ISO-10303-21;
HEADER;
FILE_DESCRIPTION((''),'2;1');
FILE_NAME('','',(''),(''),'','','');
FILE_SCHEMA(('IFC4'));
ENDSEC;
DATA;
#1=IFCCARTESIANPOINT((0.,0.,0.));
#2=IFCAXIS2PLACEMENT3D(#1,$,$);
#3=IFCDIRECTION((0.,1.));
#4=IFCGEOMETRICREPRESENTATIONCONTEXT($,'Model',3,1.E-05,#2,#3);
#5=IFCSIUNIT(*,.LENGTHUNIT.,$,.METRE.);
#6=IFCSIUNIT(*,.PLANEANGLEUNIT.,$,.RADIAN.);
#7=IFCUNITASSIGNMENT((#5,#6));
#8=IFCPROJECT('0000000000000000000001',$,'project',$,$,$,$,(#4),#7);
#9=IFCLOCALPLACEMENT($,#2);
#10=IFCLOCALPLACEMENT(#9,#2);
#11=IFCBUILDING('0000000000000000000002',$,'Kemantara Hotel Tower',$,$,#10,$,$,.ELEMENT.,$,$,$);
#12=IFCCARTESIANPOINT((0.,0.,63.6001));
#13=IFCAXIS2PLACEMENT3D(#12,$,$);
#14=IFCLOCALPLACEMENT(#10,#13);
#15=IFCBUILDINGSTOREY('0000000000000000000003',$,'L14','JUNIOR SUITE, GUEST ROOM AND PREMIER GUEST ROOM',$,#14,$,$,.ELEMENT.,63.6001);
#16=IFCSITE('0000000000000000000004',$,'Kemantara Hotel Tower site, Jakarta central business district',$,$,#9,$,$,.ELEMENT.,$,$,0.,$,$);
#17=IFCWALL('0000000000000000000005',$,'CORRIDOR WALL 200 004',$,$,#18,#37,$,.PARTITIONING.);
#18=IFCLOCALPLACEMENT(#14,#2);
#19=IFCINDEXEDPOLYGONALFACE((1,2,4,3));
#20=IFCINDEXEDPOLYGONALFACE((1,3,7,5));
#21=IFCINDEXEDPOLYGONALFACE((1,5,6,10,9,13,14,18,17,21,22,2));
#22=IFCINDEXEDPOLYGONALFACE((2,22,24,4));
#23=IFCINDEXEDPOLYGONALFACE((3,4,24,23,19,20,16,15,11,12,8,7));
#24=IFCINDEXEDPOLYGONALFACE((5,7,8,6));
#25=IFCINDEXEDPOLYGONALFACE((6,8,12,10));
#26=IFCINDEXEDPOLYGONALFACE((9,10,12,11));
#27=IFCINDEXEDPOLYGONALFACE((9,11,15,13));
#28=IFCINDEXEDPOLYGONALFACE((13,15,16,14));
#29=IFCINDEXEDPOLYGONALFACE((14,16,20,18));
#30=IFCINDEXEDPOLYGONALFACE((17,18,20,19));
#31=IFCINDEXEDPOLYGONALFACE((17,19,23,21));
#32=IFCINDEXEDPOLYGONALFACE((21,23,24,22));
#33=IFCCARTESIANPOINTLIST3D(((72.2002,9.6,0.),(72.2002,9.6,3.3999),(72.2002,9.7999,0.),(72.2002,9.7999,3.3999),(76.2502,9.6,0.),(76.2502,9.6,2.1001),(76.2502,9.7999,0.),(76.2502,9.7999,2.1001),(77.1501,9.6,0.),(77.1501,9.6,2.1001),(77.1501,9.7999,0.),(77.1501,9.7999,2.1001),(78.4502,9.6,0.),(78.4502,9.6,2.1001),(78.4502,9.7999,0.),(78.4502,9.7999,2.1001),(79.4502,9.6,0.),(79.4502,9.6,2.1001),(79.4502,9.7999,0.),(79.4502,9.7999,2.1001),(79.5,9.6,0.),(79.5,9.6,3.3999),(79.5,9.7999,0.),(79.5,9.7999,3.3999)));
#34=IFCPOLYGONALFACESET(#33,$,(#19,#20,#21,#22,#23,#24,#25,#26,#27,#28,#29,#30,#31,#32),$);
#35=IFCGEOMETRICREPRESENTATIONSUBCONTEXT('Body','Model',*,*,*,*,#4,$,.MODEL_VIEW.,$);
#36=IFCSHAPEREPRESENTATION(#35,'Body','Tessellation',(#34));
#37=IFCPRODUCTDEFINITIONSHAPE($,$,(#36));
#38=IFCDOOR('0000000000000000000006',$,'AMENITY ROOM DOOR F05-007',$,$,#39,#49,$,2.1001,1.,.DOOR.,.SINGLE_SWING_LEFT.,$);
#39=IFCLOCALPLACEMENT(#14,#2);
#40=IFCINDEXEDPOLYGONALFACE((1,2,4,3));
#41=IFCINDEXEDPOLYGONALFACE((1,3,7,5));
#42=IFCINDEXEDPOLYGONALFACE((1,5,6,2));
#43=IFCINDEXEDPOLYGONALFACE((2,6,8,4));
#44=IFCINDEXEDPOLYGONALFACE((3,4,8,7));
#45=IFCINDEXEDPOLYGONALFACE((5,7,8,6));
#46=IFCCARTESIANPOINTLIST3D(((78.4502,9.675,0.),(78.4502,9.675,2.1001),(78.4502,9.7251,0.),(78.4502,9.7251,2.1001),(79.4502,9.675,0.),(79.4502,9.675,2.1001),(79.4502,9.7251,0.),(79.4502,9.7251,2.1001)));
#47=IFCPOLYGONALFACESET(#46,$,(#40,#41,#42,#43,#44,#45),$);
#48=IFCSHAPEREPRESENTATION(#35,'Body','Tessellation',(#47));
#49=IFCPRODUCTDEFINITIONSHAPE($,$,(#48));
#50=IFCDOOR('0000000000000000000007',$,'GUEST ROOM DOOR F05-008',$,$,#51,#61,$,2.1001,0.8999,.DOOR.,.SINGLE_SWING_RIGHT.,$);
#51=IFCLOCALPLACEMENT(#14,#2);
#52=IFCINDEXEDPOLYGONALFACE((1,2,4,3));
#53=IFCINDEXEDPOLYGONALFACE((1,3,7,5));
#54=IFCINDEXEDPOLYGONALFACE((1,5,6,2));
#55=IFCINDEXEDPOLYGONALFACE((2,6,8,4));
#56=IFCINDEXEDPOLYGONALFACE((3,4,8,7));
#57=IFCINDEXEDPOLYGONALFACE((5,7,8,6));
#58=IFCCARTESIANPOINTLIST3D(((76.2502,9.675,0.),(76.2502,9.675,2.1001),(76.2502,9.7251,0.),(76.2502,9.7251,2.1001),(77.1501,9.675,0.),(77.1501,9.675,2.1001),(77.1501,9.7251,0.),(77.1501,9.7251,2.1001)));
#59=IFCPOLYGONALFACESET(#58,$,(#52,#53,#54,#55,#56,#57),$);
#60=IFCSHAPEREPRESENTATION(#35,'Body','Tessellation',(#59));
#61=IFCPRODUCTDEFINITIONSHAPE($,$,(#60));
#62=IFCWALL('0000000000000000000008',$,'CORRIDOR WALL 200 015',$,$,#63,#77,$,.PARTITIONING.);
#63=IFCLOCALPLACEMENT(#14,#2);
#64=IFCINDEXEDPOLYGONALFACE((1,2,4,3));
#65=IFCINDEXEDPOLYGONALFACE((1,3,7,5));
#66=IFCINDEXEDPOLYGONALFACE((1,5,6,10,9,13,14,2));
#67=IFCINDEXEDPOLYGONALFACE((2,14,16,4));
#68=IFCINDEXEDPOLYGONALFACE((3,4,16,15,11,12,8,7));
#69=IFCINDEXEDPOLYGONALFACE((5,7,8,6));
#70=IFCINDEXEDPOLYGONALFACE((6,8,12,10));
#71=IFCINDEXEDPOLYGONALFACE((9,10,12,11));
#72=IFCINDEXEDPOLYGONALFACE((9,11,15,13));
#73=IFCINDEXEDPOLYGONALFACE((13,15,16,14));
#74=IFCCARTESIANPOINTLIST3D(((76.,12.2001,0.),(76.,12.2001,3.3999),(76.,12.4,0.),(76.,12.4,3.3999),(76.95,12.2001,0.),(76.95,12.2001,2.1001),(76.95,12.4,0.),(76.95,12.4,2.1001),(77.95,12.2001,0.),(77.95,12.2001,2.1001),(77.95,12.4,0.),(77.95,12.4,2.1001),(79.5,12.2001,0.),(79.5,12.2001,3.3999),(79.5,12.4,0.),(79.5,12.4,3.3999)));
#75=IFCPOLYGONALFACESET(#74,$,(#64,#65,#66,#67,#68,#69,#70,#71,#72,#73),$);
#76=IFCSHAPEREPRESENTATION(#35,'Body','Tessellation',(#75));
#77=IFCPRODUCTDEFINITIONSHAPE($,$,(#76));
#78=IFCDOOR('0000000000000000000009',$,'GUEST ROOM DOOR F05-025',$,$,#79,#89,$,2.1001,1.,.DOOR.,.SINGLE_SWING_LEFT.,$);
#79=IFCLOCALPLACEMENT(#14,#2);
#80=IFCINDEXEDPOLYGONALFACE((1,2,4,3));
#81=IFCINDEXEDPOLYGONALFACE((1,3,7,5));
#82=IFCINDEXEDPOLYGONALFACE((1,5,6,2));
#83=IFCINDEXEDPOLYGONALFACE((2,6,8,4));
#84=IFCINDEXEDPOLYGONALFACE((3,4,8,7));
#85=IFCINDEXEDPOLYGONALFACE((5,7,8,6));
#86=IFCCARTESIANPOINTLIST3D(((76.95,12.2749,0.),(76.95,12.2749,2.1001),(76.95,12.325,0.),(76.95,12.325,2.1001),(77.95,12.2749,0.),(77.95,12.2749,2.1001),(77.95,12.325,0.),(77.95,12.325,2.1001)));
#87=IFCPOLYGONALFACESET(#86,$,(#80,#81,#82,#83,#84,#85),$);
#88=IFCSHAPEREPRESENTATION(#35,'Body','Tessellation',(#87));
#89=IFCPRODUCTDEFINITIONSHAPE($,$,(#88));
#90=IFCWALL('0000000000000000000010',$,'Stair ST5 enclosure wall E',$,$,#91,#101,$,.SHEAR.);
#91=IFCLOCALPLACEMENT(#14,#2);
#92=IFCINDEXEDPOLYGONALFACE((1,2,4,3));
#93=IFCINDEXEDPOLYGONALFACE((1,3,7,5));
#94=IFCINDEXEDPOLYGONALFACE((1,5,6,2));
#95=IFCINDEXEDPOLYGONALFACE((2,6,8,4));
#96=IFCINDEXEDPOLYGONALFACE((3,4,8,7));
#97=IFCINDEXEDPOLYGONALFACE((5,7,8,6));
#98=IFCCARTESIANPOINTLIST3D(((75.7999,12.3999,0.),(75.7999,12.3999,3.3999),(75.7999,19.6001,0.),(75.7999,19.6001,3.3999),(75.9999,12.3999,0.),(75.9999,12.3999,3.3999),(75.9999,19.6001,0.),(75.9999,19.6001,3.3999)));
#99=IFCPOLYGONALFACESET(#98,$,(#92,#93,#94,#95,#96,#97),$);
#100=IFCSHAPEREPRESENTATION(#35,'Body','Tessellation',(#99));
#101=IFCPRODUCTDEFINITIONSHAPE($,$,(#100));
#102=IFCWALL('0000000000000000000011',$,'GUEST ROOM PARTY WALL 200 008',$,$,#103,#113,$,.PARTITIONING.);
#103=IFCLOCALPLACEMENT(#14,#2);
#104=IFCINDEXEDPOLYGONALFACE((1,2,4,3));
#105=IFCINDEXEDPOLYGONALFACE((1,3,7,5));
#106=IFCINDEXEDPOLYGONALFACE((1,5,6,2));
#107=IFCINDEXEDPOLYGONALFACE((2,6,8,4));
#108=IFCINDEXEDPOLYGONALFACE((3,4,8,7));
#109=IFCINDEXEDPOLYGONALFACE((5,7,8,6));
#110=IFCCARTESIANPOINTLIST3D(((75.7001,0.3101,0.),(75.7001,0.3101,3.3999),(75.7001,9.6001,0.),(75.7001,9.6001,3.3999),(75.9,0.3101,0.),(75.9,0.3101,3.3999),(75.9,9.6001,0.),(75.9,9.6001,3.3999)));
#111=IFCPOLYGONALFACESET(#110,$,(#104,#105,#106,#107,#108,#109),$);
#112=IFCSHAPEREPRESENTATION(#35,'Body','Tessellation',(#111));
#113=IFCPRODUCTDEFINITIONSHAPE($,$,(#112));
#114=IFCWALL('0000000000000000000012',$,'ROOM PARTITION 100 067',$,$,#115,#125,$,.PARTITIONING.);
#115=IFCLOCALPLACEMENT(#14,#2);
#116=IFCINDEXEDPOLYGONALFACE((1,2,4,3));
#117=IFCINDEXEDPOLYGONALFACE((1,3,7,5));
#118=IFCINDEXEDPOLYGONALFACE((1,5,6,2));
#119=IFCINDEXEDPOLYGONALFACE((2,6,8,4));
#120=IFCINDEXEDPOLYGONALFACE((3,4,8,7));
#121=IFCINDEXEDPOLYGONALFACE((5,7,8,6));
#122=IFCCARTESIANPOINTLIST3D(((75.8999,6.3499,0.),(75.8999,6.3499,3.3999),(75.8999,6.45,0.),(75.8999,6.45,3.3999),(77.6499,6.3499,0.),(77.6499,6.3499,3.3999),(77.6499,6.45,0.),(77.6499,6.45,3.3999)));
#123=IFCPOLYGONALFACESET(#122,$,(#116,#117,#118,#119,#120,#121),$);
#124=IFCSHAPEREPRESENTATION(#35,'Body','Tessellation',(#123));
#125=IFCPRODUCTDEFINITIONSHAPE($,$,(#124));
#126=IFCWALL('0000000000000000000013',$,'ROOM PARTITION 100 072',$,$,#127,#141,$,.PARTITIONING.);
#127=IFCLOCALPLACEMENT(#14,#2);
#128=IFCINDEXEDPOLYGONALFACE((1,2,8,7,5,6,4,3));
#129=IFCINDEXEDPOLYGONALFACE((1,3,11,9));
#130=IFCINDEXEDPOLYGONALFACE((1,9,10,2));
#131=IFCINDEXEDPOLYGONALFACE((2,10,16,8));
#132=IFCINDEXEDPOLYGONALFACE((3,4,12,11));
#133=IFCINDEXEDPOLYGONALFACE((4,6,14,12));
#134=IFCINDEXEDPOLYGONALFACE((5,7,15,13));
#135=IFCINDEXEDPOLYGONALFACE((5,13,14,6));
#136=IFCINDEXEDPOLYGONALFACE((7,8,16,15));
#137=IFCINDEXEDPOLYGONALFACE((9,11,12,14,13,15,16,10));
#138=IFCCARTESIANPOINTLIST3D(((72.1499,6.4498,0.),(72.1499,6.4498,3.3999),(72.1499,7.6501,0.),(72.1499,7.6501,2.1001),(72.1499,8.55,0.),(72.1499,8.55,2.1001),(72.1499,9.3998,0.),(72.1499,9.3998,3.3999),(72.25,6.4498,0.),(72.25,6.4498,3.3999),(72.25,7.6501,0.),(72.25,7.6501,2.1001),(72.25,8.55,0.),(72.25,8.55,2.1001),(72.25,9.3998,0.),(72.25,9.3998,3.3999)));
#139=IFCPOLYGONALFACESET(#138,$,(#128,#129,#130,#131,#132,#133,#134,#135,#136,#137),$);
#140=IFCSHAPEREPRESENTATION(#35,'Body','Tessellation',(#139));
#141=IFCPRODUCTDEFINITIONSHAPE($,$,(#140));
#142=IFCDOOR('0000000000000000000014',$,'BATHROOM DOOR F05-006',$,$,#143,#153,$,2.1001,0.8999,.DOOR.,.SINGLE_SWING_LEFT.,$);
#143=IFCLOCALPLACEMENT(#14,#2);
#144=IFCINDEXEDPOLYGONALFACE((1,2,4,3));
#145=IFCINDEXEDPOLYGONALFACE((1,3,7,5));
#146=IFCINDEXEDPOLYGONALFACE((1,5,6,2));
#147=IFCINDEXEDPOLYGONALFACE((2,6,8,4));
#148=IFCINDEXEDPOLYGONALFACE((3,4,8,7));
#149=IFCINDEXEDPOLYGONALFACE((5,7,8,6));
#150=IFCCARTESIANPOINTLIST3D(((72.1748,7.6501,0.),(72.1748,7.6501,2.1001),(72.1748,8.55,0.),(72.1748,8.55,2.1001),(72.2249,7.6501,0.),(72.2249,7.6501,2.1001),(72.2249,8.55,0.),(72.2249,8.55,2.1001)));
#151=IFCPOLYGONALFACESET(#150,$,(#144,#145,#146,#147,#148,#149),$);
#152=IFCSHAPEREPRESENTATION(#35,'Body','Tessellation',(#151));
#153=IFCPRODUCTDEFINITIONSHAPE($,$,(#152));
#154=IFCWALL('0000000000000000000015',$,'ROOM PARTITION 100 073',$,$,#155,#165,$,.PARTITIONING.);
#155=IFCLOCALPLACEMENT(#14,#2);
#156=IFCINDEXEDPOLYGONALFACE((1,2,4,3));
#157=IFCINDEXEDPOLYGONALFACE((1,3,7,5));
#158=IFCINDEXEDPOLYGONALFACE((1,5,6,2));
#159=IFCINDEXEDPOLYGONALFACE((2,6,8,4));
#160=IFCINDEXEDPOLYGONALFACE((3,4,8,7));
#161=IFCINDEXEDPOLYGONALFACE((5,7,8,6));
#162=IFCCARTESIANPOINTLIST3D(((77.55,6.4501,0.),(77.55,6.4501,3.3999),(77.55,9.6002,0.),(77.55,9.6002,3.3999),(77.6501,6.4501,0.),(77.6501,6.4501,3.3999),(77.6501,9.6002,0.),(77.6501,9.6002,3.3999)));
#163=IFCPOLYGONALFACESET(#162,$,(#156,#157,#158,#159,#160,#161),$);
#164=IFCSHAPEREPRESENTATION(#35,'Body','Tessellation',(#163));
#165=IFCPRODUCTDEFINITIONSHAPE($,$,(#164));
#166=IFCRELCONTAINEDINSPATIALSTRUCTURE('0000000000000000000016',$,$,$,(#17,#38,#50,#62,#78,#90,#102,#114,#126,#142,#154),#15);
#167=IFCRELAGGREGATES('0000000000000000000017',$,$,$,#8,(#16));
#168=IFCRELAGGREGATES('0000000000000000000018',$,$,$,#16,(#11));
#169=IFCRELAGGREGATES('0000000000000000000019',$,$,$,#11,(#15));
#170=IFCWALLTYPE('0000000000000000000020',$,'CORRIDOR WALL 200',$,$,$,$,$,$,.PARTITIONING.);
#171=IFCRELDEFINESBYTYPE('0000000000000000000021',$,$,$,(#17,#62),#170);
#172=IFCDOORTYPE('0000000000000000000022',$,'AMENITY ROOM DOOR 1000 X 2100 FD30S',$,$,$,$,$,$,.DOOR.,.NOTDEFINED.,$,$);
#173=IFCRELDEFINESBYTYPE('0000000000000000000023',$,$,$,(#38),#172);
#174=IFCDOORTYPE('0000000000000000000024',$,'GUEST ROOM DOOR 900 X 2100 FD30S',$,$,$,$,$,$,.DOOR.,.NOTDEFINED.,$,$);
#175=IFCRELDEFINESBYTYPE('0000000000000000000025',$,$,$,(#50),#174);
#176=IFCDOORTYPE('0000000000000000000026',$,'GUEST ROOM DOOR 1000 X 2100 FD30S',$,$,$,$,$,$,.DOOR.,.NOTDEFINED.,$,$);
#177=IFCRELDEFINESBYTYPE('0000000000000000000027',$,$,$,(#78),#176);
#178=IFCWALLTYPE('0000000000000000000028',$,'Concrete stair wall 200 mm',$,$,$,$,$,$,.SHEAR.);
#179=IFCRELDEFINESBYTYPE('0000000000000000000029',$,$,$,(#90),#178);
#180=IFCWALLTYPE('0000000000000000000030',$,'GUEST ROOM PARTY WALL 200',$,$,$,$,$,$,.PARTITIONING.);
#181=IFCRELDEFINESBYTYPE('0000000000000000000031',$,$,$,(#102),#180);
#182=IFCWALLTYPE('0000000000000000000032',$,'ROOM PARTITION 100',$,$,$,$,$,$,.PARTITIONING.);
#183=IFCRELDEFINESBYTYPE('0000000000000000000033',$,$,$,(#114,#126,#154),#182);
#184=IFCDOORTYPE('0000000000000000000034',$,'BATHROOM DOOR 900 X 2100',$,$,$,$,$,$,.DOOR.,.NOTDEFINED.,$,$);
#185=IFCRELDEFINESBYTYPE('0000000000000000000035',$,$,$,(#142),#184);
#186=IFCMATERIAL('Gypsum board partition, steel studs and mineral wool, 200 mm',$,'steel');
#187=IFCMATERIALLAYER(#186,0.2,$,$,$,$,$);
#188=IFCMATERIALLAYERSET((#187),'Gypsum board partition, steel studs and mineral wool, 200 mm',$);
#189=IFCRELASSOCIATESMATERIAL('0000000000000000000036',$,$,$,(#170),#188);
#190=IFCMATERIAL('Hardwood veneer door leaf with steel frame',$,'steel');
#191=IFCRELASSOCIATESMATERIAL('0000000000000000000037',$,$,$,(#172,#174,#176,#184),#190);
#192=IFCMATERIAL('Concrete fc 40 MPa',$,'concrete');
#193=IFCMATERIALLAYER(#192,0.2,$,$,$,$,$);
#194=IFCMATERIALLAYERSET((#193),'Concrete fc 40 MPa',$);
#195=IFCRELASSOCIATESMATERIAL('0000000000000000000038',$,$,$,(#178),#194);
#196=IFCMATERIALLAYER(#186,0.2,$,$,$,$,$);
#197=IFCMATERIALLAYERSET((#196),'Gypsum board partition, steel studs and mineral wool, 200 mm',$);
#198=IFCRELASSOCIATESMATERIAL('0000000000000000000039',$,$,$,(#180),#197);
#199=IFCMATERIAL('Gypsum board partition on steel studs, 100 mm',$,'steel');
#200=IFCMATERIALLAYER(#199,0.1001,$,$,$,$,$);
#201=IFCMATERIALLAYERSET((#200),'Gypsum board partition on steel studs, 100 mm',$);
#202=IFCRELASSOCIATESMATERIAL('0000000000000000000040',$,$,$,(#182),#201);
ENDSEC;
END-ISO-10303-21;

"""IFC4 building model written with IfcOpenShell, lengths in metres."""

from ifc_helpers import new_model, si_unit, direction, frame, frame_2d, origin, place, context, subcontext, project, spatial, rectangle, extrude, material, layer, layer_set, type_object, element, fill, save


model = new_model("IFC4")

# Units and contexts
model_context = context("Model", 3, precision=1e-05, world=origin(), true_north=direction((0.0, 1.0)))
body_context = subcontext(model_context, "Body", "Model", "MODEL_VIEW")
ifc_project = project(units=[si_unit("LENGTHUNIT", "METRE"), si_unit("PLANEANGLEUNIT", "RADIAN")], contexts=[model_context])

# Site, building, storey
site_placement = place(None, origin())
site = spatial("IfcSite", under=ifc_project, at=site_placement, Name="Kemantara Hotel Tower site, Jakarta central business district", CompositionType="ELEMENT", RefElevation=0.0)
building_placement = place(site_placement, origin())
building = spatial("IfcBuilding", under=site, at=building_placement, Name="Kemantara Hotel Tower", CompositionType="ELEMENT")
storey_placement = place(building_placement, frame((0.0, 0.0, 63.6001)))
storey = spatial("IfcBuildingStorey", under=building, at=storey_placement, Name="L14", Description="JUNIOR SUITE, GUEST ROOM AND PREMIER GUEST ROOM", CompositionType="ELEMENT", Elevation=63.6001)

# Wall, openings, doors
ifc_material_1 = material(Name="Gypsum board partition, steel studs and mineral wool, 200 mm", Category="steel")
ifc_layer_1 = layer(ifc_material_1, 0.2)
ifc_layer_set_1 = layer_set([ifc_layer_1], Name="Gypsum board partition, steel studs and mineral wool, 200 mm")
wall_type_1 = type_object("IfcWallType", Name="CORRIDOR WALL 200", PredefinedType="PARTITIONING", material=ifc_layer_set_1)
wall_1_placement = place(storey_placement, frame((79.5, 9.7, 0.0), z_axis=(0.0, 0.0, 1.0), x_axis=(-1.0, 0.0, 0.0)))
wall_1 = element("IfcWall", 1, at=wall_1_placement, inside=storey, type_object=wall_type_1, Name="CORRIDOR WALL 200 004", PredefinedType="PARTITIONING", context=body_context, shape_type="SweptSolid", body=[
    extrude(rectangle(XDim=7.2998, YDim=0.2, at=frame_2d((3.6499, 0.0))), origin(), (0.0, 0.0, 1.0), 3.3999),
])
opening_1_placement = place(wall_1_placement, frame((0.0498, 0.0, 0.0)))
opening_1 = element("IfcOpeningElement", 2, at=opening_1_placement, cuts=wall_1, PredefinedType="OPENING", context=body_context, shape_type="SweptSolid", body=[
    extrude(rectangle(XDim=1.0, YDim=2.1001, at=frame_2d((0.5, 1.05))), frame((0.0, 0.1099, 0.0), z_axis=(0.0, -1.0, 0.0), x_axis=(1.0, 0.0, 0.0)), (0.0, 0.0, 1.0), 0.22),
])
opening_2_placement = place(wall_1_placement, frame((2.3499, 0.0, 0.0)))
opening_2 = element("IfcOpeningElement", 3, at=opening_2_placement, cuts=wall_1, PredefinedType="OPENING", context=body_context, shape_type="SweptSolid", body=[
    extrude(rectangle(XDim=0.8999, YDim=2.1001, at=frame_2d((0.45, 1.05))), frame((0.0, 0.1099, 0.0), z_axis=(0.0, -1.0, 0.0), x_axis=(1.0, 0.0, 0.0)), (0.0, 0.0, 1.0), 0.22),
])
ifc_material_2 = material(Name="Hardwood veneer door leaf with steel frame", Category="steel")
door_type_1 = type_object("IfcDoorType", Name="AMENITY ROOM DOOR 1000 X 2100 FD30S", OperationType="NOTDEFINED", PredefinedType="DOOR", material=ifc_material_2)
door_1_placement = place(opening_1_placement, origin())
door_1 = element("IfcDoor", 4, at=door_1_placement, inside=storey, type_object=door_type_1, Name="AMENITY ROOM DOOR F05-007", OperationType="SINGLE_SWING_LEFT", OverallHeight=2.1001, OverallWidth=1.0, PredefinedType="DOOR", context=body_context, shape_type="SweptSolid", body=[
    extrude(rectangle(XDim=1.0, YDim=2.1001, at=frame_2d((0.5, 1.05))), frame((0.0, 0.0249, 0.0), z_axis=(0.0, -1.0, 0.0), x_axis=(1.0, 0.0, 0.0)), (0.0, 0.0, 1.0), 0.05),
])
fill(opening_1, door_1)
door_type_2 = type_object("IfcDoorType", Name="GUEST ROOM DOOR 900 X 2100 FD30S", OperationType="NOTDEFINED", PredefinedType="DOOR", material=ifc_material_2)
door_2_placement = place(opening_2_placement, origin())
door_2 = element("IfcDoor", 5, at=door_2_placement, inside=storey, type_object=door_type_2, Name="GUEST ROOM DOOR F05-008", OperationType="SINGLE_SWING_RIGHT", OverallHeight=2.1001, OverallWidth=0.8999, PredefinedType="DOOR", context=body_context, shape_type="SweptSolid", body=[
    extrude(rectangle(XDim=0.8999, YDim=2.1001, at=frame_2d((0.45, 1.05))), frame((0.0, 0.0249, 0.0), z_axis=(0.0, -1.0, 0.0), x_axis=(1.0, 0.0, 0.0)), (0.0, 0.0, 1.0), 0.05),
])
fill(opening_2, door_2)

# Wall, opening, door
wall_2_placement = place(storey_placement, frame((76.0, 12.3, 0.0), z_axis=(0.0, 0.0, 1.0), x_axis=(1.0, 0.0, 0.0)))
wall_2 = element("IfcWall", 6, at=wall_2_placement, inside=storey, type_object=wall_type_1, Name="CORRIDOR WALL 200 015", PredefinedType="PARTITIONING", context=body_context, shape_type="SweptSolid", body=[
    extrude(rectangle(XDim=3.5, YDim=0.2, at=frame_2d((1.75, 0.0))), origin(), (0.0, 0.0, 1.0), 3.3999),
])
opening_3_placement = place(wall_2_placement, frame((0.95, 0.0, 0.0)))
opening_3 = element("IfcOpeningElement", 7, at=opening_3_placement, cuts=wall_2, PredefinedType="OPENING", context=body_context, shape_type="SweptSolid", body=[
    extrude(rectangle(XDim=1.0, YDim=2.1001, at=frame_2d((0.5, 1.05))), frame((0.0, 0.1099, 0.0), z_axis=(0.0, -1.0, 0.0), x_axis=(1.0, 0.0, 0.0)), (0.0, 0.0, 1.0), 0.22),
])
door_type_3 = type_object("IfcDoorType", Name="GUEST ROOM DOOR 1000 X 2100 FD30S", OperationType="NOTDEFINED", PredefinedType="DOOR", material=ifc_material_2)
door_3_placement = place(opening_3_placement, origin())
door_3 = element("IfcDoor", 8, at=door_3_placement, inside=storey, type_object=door_type_3, Name="GUEST ROOM DOOR F05-025", OperationType="SINGLE_SWING_LEFT", OverallHeight=2.1001, OverallWidth=1.0, PredefinedType="DOOR", context=body_context, shape_type="SweptSolid", body=[
    extrude(rectangle(XDim=1.0, YDim=2.1001, at=frame_2d((0.5, 1.05))), frame((0.0, 0.0249, 0.0), z_axis=(0.0, -1.0, 0.0), x_axis=(1.0, 0.0, 0.0)), (0.0, 0.0, 1.0), 0.05),
])
fill(opening_3, door_3)

# Walls
ifc_material_3 = material(Name="Concrete fc 40 MPa", Category="concrete")
ifc_layer_2 = layer(ifc_material_3, 0.2)
ifc_layer_set_2 = layer_set([ifc_layer_2], Name="Concrete fc 40 MPa")
wall_type_2 = type_object("IfcWallType", Name="Concrete stair wall 200 mm", PredefinedType="SHEAR", material=ifc_layer_set_2)
wall_3_placement = place(storey_placement, frame((75.8999, 12.3999, 0.0), z_axis=(0.0, 0.0, 1.0), x_axis=(0.0, 1.0, 0.0)))
element("IfcWall", 9, at=wall_3_placement, inside=storey, type_object=wall_type_2, Name="Stair ST5 enclosure wall E", PredefinedType="SHEAR", context=body_context, shape_type="SweptSolid", body=[
    extrude(rectangle(XDim=7.2002, YDim=0.2, at=frame_2d((3.6001, 0.0))), origin(), (0.0, 0.0, 1.0), 3.3999),
])
ifc_layer_3 = layer(ifc_material_1, 0.2)
ifc_layer_set_3 = layer_set([ifc_layer_3], Name="Gypsum board partition, steel studs and mineral wool, 200 mm")
wall_type_3 = type_object("IfcWallType", Name="GUEST ROOM PARTY WALL 200", PredefinedType="PARTITIONING", material=ifc_layer_set_3)
wall_4_placement = place(storey_placement, frame((75.8, 0.3101, 0.0), z_axis=(0.0, 0.0, 1.0), x_axis=(0.0, 1.0, 0.0)))
element("IfcWall", 10, at=wall_4_placement, inside=storey, type_object=wall_type_3, Name="GUEST ROOM PARTY WALL 200 008", PredefinedType="PARTITIONING", context=body_context, shape_type="SweptSolid", body=[
    extrude(rectangle(XDim=9.29, YDim=0.2, at=frame_2d((4.645, 0.0))), origin(), (0.0, 0.0, 1.0), 3.3999),
])
ifc_material_4 = material(Name="Gypsum board partition on steel studs, 100 mm", Category="steel")
ifc_layer_4 = layer(ifc_material_4, 0.1001)
ifc_layer_set_4 = layer_set([ifc_layer_4], Name="Gypsum board partition on steel studs, 100 mm")
wall_type_4 = type_object("IfcWallType", Name="ROOM PARTITION 100", PredefinedType="PARTITIONING", material=ifc_layer_set_4)
wall_5_placement = place(storey_placement, frame((75.8999, 6.3999, 0.0), z_axis=(0.0, 0.0, 1.0), x_axis=(1.0, 0.0, 0.0)))
element("IfcWall", 11, at=wall_5_placement, inside=storey, type_object=wall_type_4, Name="ROOM PARTITION 100 067", PredefinedType="PARTITIONING", context=body_context, shape_type="SweptSolid", body=[
    extrude(rectangle(XDim=1.75, YDim=0.1001, at=frame_2d((0.875, 0.0))), origin(), (0.0, 0.0, 1.0), 3.3999),
])

# Wall, opening, door
wall_6_placement = place(storey_placement, frame((72.2, 9.3999, 0.0), z_axis=(0.0, 0.0, 1.0), x_axis=(0.0, -1.0, 0.0)))
wall_6 = element("IfcWall", 12, at=wall_6_placement, inside=storey, type_object=wall_type_4, Name="ROOM PARTITION 100 072", PredefinedType="PARTITIONING", context=body_context, shape_type="SweptSolid", body=[
    extrude(rectangle(XDim=2.95, YDim=0.1001, at=frame_2d((1.4751, 0.0))), origin(), (0.0, 0.0, 1.0), 3.3999),
])
opening_4_placement = place(wall_6_placement, frame((0.8499, 0.0, 0.0)))
opening_4 = element("IfcOpeningElement", 13, at=opening_4_placement, cuts=wall_6, PredefinedType="OPENING", context=body_context, shape_type="SweptSolid", body=[
    extrude(rectangle(XDim=0.8999, YDim=2.1001, at=frame_2d((0.45, 1.05))), frame((0.0, 0.0601, 0.0), z_axis=(0.0, -1.0, 0.0), x_axis=(1.0, 0.0, 0.0)), (0.0, 0.0, 1.0), 0.1201),
])
door_type_4 = type_object("IfcDoorType", Name="BATHROOM DOOR 900 X 2100", OperationType="NOTDEFINED", PredefinedType="DOOR", material=ifc_material_2)
door_4_placement = place(opening_4_placement, origin())
door_4 = element("IfcDoor", 14, at=door_4_placement, inside=storey, type_object=door_type_4, Name="BATHROOM DOOR F05-006", OperationType="SINGLE_SWING_LEFT", OverallHeight=2.1001, OverallWidth=0.8999, PredefinedType="DOOR", context=body_context, shape_type="SweptSolid", body=[
    extrude(rectangle(XDim=0.8999, YDim=2.1001, at=frame_2d((0.45, 1.05))), frame((0.0, 0.0249, 0.0), z_axis=(0.0, -1.0, 0.0), x_axis=(1.0, 0.0, 0.0)), (0.0, 0.0, 1.0), 0.05),
])
fill(opening_4, door_4)

# Wall
wall_7_placement = place(storey_placement, frame((77.6001, 6.45, 0.0), z_axis=(0.0, 0.0, 1.0), x_axis=(0.0, 1.0, 0.0)))
element("IfcWall", 15, at=wall_7_placement, inside=storey, type_object=wall_type_4, Name="ROOM PARTITION 100 073", PredefinedType="PARTITIONING", context=body_context, shape_type="SweptSolid", body=[
    extrude(rectangle(XDim=3.1501, YDim=0.1001, at=frame_2d((1.5752, 0.0))), origin(), (0.0, 0.0, 1.0), 3.3999),
])

save(model, "model.ifc")
